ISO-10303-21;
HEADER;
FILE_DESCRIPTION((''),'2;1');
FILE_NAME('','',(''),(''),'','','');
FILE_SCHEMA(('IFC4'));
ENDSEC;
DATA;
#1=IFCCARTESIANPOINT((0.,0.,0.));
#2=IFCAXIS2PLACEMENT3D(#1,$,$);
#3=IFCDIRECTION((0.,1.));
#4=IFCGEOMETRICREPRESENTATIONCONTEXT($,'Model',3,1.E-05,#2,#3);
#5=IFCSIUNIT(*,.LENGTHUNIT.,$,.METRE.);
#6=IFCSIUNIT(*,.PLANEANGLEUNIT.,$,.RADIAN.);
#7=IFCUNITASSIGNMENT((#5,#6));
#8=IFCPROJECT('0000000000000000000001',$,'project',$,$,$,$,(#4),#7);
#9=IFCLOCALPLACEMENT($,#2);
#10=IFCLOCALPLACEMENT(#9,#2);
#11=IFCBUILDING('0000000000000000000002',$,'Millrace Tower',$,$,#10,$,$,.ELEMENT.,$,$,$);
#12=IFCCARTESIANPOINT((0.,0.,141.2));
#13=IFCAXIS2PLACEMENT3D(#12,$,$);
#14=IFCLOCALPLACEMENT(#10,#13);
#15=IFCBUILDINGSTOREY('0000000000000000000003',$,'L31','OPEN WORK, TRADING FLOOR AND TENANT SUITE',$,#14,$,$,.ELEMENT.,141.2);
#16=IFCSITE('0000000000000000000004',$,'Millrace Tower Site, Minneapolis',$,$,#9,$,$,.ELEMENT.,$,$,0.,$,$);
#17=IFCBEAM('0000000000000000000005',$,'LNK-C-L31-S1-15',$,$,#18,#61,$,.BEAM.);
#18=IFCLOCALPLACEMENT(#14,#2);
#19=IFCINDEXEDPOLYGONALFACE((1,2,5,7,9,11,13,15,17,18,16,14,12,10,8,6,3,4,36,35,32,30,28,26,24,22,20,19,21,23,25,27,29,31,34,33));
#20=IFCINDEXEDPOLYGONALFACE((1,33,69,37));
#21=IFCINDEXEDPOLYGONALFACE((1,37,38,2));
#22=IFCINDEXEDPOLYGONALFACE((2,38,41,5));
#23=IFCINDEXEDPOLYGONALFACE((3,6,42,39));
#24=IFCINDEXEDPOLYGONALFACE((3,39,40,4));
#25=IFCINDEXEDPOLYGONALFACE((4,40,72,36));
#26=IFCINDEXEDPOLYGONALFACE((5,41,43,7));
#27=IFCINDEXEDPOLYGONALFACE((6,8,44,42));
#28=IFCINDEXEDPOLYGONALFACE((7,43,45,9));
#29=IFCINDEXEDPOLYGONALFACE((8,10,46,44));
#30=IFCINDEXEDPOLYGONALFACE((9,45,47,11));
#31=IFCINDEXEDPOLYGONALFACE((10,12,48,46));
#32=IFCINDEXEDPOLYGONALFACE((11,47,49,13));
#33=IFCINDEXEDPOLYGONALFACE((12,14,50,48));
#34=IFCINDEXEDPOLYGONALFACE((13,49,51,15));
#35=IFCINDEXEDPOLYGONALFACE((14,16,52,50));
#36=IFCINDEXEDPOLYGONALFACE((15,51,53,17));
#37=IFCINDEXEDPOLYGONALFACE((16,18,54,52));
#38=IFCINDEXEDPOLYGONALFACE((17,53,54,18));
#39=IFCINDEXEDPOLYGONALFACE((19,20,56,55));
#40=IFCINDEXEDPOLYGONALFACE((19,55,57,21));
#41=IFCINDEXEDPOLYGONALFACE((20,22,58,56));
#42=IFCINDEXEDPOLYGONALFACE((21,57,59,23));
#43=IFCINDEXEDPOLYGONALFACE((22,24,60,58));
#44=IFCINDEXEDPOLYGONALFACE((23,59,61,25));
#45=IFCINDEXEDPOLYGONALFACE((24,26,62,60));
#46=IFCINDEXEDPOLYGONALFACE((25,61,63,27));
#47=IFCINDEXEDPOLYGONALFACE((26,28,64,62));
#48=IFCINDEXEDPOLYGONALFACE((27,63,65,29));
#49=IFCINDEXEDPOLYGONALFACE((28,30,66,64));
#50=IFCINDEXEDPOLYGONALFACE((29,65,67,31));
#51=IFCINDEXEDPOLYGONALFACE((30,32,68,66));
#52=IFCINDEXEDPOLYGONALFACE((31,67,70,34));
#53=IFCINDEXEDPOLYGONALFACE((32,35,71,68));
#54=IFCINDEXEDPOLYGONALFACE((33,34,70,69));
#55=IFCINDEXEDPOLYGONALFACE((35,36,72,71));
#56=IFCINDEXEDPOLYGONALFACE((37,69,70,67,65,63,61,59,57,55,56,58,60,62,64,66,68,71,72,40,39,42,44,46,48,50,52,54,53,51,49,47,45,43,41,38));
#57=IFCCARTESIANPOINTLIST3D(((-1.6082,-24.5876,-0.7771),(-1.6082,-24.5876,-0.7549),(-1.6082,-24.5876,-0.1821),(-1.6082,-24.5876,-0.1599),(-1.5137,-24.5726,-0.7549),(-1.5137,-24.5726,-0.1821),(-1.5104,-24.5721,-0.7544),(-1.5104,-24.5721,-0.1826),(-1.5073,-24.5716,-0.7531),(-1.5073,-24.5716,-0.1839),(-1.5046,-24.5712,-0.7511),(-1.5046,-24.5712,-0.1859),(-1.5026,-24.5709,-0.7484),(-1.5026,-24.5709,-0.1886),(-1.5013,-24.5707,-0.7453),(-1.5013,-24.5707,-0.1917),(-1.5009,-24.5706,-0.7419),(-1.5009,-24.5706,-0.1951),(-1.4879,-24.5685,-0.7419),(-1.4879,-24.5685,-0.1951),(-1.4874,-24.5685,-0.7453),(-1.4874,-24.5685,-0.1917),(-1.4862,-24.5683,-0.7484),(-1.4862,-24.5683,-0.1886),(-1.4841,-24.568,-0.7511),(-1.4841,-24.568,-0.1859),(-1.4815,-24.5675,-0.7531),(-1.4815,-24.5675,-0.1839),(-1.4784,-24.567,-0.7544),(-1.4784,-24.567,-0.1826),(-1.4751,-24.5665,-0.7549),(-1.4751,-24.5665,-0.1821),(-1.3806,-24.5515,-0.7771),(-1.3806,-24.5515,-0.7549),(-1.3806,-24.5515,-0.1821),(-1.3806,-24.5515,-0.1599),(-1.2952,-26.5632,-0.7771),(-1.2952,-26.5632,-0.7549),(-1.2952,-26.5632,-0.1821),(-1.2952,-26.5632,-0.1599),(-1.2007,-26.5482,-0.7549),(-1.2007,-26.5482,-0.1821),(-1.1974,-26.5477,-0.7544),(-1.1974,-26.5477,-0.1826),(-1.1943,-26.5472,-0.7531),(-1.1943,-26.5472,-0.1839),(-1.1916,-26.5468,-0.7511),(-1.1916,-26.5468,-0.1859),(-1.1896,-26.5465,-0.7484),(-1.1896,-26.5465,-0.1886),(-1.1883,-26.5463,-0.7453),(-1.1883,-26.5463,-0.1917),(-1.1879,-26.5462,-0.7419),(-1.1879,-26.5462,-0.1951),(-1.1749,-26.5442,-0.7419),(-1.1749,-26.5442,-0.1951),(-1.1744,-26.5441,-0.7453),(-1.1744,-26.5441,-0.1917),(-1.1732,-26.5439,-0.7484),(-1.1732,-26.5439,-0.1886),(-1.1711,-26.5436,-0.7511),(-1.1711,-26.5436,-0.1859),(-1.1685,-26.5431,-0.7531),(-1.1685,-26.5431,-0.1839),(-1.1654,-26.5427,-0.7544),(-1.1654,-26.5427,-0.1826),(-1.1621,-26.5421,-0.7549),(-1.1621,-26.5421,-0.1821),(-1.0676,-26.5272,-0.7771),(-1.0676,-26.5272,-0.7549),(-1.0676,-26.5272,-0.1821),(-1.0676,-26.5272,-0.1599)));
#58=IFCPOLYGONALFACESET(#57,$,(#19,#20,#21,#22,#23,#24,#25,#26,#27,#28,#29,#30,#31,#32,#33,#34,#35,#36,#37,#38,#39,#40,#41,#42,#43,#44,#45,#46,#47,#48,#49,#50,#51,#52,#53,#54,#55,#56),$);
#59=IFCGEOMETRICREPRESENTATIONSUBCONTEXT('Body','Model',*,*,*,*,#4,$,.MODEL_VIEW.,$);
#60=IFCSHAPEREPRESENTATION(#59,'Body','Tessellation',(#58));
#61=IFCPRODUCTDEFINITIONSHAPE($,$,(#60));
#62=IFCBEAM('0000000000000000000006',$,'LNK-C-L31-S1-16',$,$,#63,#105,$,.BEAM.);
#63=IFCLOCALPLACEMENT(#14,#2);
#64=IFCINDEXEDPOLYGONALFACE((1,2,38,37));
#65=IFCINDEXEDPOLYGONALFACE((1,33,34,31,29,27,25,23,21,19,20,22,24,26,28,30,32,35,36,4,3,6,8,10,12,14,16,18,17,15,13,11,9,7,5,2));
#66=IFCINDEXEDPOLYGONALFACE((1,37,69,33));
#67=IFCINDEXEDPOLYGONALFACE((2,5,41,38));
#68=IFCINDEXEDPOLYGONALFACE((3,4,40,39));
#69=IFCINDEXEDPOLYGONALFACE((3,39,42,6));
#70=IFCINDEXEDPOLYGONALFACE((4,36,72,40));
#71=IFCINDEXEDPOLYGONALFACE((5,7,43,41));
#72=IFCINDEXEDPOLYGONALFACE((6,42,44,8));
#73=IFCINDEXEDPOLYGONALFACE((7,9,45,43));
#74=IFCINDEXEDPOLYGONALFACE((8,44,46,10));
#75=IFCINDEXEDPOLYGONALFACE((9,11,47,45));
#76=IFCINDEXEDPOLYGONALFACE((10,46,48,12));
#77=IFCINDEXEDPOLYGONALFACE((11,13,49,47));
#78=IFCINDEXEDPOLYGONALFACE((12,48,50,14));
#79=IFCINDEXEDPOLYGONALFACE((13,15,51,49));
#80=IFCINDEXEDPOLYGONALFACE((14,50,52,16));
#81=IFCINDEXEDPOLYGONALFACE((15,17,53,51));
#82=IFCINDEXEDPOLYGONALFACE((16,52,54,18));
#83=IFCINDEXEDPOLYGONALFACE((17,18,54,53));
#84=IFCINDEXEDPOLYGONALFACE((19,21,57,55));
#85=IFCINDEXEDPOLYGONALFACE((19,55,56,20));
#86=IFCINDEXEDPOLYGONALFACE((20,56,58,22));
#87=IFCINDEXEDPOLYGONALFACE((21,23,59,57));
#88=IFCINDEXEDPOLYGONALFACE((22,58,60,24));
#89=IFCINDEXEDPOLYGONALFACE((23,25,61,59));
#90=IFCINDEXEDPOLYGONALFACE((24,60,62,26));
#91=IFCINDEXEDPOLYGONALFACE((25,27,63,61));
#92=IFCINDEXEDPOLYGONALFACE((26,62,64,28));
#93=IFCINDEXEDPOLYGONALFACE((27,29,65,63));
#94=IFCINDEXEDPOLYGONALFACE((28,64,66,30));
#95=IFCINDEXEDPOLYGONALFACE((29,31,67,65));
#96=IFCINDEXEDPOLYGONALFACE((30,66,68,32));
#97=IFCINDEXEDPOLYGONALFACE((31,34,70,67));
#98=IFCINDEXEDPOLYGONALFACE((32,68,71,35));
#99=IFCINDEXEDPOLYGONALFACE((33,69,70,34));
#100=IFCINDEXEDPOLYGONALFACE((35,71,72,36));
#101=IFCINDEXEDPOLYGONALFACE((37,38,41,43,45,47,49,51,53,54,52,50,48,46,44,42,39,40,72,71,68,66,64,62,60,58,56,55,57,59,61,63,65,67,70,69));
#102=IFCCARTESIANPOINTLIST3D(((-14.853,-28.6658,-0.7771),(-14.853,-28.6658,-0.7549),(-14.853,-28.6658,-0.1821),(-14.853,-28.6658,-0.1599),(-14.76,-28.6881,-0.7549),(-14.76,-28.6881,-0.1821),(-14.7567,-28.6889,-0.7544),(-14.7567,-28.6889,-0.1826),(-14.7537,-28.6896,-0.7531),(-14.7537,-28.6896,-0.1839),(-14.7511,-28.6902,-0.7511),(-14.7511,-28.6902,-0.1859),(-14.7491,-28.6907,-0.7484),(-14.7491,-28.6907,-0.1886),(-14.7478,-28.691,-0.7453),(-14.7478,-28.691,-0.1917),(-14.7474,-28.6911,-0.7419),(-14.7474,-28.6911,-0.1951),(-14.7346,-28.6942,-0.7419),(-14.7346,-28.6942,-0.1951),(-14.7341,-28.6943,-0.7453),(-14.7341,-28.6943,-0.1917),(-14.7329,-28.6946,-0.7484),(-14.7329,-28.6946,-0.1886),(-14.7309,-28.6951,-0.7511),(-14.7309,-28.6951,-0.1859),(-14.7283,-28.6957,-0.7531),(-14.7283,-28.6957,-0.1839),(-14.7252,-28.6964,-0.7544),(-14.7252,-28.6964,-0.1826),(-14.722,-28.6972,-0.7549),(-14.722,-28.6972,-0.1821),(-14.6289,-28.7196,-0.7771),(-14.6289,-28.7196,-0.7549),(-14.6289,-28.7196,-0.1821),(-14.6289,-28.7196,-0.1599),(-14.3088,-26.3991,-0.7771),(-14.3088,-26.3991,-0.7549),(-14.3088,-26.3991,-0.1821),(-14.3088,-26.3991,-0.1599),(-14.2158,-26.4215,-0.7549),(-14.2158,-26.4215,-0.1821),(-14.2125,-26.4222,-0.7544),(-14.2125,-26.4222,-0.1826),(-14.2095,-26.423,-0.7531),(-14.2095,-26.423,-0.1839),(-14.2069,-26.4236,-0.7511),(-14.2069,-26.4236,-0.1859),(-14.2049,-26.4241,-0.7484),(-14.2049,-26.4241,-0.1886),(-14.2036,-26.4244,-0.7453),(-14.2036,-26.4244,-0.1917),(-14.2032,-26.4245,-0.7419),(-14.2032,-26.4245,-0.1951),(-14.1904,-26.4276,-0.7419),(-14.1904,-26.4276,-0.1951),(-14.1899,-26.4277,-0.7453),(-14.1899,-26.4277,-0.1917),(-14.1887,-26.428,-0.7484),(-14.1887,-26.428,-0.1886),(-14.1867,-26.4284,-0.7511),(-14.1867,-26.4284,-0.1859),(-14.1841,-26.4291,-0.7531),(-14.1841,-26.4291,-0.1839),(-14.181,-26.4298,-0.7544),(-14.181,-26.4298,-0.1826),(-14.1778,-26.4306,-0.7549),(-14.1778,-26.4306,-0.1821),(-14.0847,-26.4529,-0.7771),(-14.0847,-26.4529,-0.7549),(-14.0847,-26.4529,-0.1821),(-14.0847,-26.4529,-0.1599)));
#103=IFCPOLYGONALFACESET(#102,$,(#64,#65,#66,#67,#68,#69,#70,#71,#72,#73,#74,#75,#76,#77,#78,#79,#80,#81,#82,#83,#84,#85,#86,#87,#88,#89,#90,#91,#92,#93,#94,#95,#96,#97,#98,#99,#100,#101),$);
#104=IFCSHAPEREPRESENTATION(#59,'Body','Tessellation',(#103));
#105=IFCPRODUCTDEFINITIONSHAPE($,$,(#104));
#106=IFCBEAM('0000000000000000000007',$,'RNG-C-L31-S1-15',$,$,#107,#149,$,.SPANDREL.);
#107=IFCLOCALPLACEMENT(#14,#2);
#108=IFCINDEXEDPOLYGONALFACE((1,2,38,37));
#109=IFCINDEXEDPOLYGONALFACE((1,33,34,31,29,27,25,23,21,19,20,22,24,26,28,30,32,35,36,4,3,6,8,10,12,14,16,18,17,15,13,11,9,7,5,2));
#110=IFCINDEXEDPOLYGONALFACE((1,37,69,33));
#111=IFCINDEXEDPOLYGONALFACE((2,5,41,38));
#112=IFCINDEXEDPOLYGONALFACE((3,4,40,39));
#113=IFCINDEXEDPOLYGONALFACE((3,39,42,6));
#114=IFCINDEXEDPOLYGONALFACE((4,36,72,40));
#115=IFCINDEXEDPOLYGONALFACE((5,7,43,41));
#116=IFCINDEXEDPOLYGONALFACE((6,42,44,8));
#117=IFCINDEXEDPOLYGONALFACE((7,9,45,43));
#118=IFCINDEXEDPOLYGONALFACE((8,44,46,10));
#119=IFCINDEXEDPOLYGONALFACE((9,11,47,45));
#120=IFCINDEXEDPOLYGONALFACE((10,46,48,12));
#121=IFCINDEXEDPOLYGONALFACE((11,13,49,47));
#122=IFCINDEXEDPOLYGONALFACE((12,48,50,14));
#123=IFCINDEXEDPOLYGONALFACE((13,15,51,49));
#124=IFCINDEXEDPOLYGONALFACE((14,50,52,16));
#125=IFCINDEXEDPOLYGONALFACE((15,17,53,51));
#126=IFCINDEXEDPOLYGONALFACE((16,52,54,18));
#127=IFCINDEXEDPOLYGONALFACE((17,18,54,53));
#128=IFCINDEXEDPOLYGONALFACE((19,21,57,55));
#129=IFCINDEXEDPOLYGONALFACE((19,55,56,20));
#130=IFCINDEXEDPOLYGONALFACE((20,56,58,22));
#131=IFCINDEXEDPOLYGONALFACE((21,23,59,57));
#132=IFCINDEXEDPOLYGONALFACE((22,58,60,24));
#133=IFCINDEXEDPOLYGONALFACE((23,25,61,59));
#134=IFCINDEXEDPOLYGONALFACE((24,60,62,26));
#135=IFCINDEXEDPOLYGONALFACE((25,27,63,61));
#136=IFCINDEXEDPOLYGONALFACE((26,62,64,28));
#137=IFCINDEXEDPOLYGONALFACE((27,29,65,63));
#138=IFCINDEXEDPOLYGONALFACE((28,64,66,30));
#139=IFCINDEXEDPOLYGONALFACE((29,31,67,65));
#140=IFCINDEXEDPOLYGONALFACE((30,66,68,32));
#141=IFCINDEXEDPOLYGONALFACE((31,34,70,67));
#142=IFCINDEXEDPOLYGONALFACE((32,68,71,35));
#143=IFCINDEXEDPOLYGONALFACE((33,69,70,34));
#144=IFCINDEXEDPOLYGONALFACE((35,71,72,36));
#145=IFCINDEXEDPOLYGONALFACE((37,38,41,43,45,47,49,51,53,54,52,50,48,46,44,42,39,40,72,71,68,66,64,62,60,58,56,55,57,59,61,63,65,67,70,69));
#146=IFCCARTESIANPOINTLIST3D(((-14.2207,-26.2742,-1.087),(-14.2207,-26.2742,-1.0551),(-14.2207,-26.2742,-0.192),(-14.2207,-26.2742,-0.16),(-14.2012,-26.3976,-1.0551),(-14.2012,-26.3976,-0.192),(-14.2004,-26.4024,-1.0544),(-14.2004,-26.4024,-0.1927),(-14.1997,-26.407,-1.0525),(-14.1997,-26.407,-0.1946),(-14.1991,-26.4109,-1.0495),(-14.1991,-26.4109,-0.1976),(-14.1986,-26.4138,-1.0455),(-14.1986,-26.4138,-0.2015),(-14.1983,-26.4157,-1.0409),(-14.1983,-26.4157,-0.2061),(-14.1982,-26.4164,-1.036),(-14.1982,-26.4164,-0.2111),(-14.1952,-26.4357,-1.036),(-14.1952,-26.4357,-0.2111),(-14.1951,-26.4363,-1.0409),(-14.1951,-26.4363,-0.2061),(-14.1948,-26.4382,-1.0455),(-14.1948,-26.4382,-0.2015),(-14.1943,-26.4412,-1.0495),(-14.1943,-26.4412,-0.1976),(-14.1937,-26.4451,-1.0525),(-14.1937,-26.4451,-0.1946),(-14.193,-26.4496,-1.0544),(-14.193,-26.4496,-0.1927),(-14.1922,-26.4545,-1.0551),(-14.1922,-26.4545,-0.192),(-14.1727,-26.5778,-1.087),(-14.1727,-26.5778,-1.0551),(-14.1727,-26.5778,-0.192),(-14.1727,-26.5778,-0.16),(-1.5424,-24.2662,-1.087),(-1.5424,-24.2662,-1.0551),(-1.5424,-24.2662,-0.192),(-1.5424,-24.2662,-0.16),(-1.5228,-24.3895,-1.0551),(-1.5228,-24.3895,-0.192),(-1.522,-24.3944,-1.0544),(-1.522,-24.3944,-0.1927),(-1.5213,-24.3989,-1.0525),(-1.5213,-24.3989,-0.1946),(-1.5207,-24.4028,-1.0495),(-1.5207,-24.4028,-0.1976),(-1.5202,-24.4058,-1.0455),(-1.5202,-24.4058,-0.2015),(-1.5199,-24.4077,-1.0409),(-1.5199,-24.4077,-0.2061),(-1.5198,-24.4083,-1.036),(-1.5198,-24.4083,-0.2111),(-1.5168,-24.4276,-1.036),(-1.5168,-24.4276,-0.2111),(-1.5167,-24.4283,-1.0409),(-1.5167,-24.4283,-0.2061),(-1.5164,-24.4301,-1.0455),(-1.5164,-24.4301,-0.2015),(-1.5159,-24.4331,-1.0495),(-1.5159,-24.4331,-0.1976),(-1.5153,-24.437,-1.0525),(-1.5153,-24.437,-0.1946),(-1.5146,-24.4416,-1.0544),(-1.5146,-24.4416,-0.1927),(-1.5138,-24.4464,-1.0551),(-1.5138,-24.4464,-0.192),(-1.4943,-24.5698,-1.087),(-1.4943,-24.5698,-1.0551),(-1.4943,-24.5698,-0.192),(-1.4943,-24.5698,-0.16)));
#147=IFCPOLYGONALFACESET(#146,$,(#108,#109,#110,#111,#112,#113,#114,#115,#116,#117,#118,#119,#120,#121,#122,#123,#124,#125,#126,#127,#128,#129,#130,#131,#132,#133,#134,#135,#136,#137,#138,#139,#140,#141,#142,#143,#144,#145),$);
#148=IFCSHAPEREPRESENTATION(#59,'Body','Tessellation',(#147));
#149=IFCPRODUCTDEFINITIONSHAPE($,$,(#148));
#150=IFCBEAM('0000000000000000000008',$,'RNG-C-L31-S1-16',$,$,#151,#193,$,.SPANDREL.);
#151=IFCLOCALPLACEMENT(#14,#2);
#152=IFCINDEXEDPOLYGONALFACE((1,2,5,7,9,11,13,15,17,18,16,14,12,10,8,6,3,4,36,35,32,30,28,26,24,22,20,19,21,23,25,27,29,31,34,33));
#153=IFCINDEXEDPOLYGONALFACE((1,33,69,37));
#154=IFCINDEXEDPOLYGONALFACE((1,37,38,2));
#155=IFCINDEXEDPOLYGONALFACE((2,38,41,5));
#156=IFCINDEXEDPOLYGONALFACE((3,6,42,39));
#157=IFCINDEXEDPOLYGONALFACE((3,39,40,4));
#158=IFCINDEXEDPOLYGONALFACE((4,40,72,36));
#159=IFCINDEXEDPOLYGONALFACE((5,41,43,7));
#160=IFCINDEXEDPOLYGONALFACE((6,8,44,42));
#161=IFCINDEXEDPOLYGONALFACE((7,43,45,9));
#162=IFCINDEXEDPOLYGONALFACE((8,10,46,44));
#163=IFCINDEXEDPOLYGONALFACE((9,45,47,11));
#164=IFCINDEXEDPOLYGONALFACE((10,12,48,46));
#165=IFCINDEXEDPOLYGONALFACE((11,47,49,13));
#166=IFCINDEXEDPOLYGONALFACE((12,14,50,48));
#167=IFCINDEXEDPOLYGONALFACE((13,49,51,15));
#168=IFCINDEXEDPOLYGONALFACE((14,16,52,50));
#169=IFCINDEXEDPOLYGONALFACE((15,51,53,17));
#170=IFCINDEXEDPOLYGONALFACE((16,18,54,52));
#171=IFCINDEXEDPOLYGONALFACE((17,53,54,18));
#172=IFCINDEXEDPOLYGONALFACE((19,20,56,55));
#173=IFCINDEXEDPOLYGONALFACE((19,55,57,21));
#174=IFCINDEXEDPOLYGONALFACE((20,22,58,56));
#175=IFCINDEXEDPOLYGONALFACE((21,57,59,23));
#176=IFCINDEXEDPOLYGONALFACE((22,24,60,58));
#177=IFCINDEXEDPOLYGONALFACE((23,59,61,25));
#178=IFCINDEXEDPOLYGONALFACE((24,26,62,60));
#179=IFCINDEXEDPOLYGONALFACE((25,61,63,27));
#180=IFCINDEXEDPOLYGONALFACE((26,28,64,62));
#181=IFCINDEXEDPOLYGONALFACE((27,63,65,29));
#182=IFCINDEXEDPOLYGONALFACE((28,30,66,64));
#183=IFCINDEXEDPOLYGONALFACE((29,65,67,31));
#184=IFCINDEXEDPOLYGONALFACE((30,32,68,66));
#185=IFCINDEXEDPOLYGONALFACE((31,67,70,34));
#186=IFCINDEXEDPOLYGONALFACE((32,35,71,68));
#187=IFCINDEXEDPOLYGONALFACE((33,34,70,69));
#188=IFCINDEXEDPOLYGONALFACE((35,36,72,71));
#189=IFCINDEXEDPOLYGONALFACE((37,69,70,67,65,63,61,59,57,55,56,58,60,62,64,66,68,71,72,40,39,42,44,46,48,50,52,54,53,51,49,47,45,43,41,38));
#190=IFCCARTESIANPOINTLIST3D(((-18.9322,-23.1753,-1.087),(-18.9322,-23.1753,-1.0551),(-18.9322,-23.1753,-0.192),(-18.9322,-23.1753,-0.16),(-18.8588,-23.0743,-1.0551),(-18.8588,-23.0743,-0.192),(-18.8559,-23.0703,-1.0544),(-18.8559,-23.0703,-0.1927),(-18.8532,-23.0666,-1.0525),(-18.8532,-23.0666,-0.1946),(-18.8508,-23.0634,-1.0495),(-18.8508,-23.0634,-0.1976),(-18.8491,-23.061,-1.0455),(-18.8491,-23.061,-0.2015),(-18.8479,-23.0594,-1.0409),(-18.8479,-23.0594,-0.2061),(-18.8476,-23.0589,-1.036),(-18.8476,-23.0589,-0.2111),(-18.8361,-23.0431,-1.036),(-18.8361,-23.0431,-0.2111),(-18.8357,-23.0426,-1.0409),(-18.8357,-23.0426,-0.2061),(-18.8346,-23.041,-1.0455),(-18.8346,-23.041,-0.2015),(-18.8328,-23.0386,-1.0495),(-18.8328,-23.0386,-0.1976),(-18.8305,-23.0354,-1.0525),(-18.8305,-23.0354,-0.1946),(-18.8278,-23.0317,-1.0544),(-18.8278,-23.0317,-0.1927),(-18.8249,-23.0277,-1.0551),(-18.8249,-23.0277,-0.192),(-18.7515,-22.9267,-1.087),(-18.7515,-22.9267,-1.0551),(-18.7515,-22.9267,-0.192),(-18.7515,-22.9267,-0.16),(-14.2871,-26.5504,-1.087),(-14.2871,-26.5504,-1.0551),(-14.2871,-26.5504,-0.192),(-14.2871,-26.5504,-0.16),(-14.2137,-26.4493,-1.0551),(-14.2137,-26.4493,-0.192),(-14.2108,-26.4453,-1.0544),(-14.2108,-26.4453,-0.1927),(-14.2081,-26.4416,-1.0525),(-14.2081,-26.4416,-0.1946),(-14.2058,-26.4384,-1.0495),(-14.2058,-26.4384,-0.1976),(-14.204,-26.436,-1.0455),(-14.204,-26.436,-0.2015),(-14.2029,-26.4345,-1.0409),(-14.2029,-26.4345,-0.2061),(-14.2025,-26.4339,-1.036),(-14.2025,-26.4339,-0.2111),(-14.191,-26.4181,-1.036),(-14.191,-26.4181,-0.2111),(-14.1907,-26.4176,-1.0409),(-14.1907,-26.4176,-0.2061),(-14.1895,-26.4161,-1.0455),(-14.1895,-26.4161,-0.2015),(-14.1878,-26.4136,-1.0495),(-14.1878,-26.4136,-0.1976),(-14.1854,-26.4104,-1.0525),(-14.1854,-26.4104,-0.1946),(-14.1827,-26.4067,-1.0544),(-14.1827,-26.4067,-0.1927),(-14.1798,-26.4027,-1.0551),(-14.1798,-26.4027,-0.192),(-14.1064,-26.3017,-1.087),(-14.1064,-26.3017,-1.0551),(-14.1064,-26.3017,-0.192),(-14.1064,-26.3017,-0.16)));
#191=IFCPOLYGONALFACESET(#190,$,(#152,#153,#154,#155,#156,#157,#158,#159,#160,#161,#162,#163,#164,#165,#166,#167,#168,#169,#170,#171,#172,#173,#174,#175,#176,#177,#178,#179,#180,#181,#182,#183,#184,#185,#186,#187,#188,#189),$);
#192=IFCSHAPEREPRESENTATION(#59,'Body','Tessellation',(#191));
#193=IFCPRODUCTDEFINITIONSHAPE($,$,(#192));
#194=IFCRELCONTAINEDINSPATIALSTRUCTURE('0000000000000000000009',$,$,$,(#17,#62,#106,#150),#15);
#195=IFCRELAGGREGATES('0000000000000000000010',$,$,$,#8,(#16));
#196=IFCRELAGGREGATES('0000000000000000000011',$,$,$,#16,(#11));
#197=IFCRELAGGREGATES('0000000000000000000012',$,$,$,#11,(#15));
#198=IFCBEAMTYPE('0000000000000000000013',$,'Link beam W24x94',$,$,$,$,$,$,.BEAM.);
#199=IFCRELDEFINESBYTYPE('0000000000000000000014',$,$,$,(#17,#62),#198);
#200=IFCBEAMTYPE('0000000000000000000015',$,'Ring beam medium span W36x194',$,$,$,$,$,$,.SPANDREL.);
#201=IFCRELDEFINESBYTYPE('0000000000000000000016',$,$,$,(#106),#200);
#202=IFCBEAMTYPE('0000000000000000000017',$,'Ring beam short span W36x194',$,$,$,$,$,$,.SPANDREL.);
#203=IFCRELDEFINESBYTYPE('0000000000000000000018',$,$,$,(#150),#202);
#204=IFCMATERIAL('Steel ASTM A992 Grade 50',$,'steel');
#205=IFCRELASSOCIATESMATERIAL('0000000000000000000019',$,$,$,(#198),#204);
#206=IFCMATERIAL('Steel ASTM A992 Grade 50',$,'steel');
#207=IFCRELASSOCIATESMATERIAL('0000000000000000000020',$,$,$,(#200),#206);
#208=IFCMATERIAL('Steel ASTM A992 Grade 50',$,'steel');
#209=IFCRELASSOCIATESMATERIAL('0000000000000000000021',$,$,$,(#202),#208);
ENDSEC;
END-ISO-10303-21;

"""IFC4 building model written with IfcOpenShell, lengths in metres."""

from ifc_helpers import new_model, si_unit, direction, frame, origin, origin_2d, place, context, subcontext, project, spatial, i_section, extrude, material, material_profile, profile_set, type_object, element, save


model = new_model("IFC4")

# Units and contexts
model_context = context("Model", 3, precision=1e-05, world=origin(), true_north=direction((0.0, 1.0)))
body_context = subcontext(model_context, "Body", "Model", "MODEL_VIEW")
ifc_project = project(units=[si_unit("LENGTHUNIT", "METRE"), si_unit("PLANEANGLEUNIT", "RADIAN")], contexts=[model_context])

# Site, building, storey
site_placement = place(None, origin())
site = spatial("IfcSite", under=ifc_project, at=site_placement, Name="Millrace Tower Site, Minneapolis", CompositionType="ELEMENT", RefElevation=0.0)
building_placement = place(site_placement, origin())
building = spatial("IfcBuilding", under=site, at=building_placement, Name="Millrace Tower", CompositionType="ELEMENT")
storey_placement = place(building_placement, frame((0.0, 0.0, 141.2)))
storey = spatial("IfcBuildingStorey", under=building, at=storey_placement, Name="L31", Description="OPEN WORK, TRADING FLOOR AND TENANT SUITE", CompositionType="ELEMENT", Elevation=141.2)

# Beams
ifc_material_1 = material(Name="Steel ASTM A992 Grade 50", Category="steel")
ifc_material_profile_1 = material_profile(ifc_material_1, i_section(OverallWidth=0.2305, OverallDepth=0.6172, WebThickness=0.0132, FlangeThickness=0.0222, FilletRadius=0.0129, at=origin_2d()))
ifc_profile_set_1 = profile_set([ifc_material_profile_1], Name="Steel ASTM A992 Grade 50")
beam_type_1 = type_object("IfcBeamType", Name="Link beam W24x94", PredefinedType="BEAM", material=ifc_profile_set_1)
beam_1_placement = place(storey_placement, frame((-1.4944, -24.5696, -0.4685), z_axis=(0.156477, -0.987682, 0.0), x_axis=(0.987682, 0.156477, 0.0)))
element("IfcBeam", 1, at=beam_1_placement, inside=storey, type_object=beam_type_1, Name="LNK-C-L31-S1-15", PredefinedType="BEAM", context=body_context, shape_type="SweptSolid", body=[
    extrude(i_section(OverallWidth=0.2305, OverallDepth=0.6172, WebThickness=0.0132, FlangeThickness=0.0222, FilletRadius=0.0129, at=origin_2d()), origin(), (0.0, 0.0, 1.0), 2.0002),
])
beam_2_placement = place(storey_placement, frame((-14.1968, -26.426, -0.4685), z_axis=(-0.233456, -0.972367, 0.0), x_axis=(0.972367, -0.233456, 0.0)))
element("IfcBeam", 2, at=beam_2_placement, inside=storey, type_object=beam_type_1, Name="LNK-C-L31-S1-16", PredefinedType="BEAM", context=body_context, shape_type="SweptSolid", body=[
    extrude(i_section(OverallWidth=0.2305, OverallDepth=0.6172, WebThickness=0.0132, FlangeThickness=0.0222, FilletRadius=0.0129, at=origin_2d()), origin(), (0.0, 0.0, 1.0), 2.3311),
])
ifc_material_2 = material(Name="Steel ASTM A992 Grade 50", Category="steel")
ifc_material_profile_2 = material_profile(ifc_material_2, i_section(OverallWidth=0.3074, OverallDepth=0.927, WebThickness=0.0195, FlangeThickness=0.032, FilletRadius=0.019, at=origin_2d()))
ifc_profile_set_2 = profile_set([ifc_material_profile_2], Name="Steel ASTM A992 Grade 50")
beam_type_2 = type_object("IfcBeamType", Name="Ring beam medium span W36x194", PredefinedType="SPANDREL", material=ifc_profile_set_2)
beam_3_placement = place(storey_placement, frame((-1.5183, -24.418, -0.6235), z_axis=(-0.987689, -0.156433, 0.0), x_axis=(0.156433, -0.987689, 0.0)))
element("IfcBeam", 3, at=beam_3_placement, inside=storey, type_object=beam_type_2, Name="RNG-C-L31-S1-15", PredefinedType="SPANDREL", context=body_context, shape_type="SweptSolid", body=[
    extrude(i_section(OverallWidth=0.3074, OverallDepth=0.927, WebThickness=0.0195, FlangeThickness=0.032, FilletRadius=0.019, at=origin_2d()), origin(), (0.0, 0.0, 1.0), 12.8364),
])
ifc_material_3 = material(Name="Steel ASTM A992 Grade 50", Category="steel")
ifc_material_profile_3 = material_profile(ifc_material_3, i_section(OverallWidth=0.3074, OverallDepth=0.927, WebThickness=0.0195, FlangeThickness=0.032, FilletRadius=0.019, at=origin_2d()))
ifc_profile_set_3 = profile_set([ifc_material_profile_3], Name="Steel ASTM A992 Grade 50")
beam_type_3 = type_object("IfcBeamType", Name="Ring beam short span W36x194", PredefinedType="SPANDREL", material=ifc_profile_set_3)
beam_4_placement = place(storey_placement, frame((-14.1968, -26.426, -0.6235), z_axis=(-0.809001, 0.587808, 0.0), x_axis=(-0.587808, -0.809001, 0.0)))
element("IfcBeam", 4, at=beam_4_placement, inside=storey, type_object=beam_type_3, Name="RNG-C-L31-S1-16", PredefinedType="SPANDREL", context=body_context, shape_type="SweptSolid", body=[
    extrude(i_section(OverallWidth=0.3074, OverallDepth=0.927, WebThickness=0.0195, FlangeThickness=0.032, FilletRadius=0.019, at=origin_2d()), origin(), (0.0, 0.0, 1.0), 5.7417),
])

save(model, "model.ifc")
